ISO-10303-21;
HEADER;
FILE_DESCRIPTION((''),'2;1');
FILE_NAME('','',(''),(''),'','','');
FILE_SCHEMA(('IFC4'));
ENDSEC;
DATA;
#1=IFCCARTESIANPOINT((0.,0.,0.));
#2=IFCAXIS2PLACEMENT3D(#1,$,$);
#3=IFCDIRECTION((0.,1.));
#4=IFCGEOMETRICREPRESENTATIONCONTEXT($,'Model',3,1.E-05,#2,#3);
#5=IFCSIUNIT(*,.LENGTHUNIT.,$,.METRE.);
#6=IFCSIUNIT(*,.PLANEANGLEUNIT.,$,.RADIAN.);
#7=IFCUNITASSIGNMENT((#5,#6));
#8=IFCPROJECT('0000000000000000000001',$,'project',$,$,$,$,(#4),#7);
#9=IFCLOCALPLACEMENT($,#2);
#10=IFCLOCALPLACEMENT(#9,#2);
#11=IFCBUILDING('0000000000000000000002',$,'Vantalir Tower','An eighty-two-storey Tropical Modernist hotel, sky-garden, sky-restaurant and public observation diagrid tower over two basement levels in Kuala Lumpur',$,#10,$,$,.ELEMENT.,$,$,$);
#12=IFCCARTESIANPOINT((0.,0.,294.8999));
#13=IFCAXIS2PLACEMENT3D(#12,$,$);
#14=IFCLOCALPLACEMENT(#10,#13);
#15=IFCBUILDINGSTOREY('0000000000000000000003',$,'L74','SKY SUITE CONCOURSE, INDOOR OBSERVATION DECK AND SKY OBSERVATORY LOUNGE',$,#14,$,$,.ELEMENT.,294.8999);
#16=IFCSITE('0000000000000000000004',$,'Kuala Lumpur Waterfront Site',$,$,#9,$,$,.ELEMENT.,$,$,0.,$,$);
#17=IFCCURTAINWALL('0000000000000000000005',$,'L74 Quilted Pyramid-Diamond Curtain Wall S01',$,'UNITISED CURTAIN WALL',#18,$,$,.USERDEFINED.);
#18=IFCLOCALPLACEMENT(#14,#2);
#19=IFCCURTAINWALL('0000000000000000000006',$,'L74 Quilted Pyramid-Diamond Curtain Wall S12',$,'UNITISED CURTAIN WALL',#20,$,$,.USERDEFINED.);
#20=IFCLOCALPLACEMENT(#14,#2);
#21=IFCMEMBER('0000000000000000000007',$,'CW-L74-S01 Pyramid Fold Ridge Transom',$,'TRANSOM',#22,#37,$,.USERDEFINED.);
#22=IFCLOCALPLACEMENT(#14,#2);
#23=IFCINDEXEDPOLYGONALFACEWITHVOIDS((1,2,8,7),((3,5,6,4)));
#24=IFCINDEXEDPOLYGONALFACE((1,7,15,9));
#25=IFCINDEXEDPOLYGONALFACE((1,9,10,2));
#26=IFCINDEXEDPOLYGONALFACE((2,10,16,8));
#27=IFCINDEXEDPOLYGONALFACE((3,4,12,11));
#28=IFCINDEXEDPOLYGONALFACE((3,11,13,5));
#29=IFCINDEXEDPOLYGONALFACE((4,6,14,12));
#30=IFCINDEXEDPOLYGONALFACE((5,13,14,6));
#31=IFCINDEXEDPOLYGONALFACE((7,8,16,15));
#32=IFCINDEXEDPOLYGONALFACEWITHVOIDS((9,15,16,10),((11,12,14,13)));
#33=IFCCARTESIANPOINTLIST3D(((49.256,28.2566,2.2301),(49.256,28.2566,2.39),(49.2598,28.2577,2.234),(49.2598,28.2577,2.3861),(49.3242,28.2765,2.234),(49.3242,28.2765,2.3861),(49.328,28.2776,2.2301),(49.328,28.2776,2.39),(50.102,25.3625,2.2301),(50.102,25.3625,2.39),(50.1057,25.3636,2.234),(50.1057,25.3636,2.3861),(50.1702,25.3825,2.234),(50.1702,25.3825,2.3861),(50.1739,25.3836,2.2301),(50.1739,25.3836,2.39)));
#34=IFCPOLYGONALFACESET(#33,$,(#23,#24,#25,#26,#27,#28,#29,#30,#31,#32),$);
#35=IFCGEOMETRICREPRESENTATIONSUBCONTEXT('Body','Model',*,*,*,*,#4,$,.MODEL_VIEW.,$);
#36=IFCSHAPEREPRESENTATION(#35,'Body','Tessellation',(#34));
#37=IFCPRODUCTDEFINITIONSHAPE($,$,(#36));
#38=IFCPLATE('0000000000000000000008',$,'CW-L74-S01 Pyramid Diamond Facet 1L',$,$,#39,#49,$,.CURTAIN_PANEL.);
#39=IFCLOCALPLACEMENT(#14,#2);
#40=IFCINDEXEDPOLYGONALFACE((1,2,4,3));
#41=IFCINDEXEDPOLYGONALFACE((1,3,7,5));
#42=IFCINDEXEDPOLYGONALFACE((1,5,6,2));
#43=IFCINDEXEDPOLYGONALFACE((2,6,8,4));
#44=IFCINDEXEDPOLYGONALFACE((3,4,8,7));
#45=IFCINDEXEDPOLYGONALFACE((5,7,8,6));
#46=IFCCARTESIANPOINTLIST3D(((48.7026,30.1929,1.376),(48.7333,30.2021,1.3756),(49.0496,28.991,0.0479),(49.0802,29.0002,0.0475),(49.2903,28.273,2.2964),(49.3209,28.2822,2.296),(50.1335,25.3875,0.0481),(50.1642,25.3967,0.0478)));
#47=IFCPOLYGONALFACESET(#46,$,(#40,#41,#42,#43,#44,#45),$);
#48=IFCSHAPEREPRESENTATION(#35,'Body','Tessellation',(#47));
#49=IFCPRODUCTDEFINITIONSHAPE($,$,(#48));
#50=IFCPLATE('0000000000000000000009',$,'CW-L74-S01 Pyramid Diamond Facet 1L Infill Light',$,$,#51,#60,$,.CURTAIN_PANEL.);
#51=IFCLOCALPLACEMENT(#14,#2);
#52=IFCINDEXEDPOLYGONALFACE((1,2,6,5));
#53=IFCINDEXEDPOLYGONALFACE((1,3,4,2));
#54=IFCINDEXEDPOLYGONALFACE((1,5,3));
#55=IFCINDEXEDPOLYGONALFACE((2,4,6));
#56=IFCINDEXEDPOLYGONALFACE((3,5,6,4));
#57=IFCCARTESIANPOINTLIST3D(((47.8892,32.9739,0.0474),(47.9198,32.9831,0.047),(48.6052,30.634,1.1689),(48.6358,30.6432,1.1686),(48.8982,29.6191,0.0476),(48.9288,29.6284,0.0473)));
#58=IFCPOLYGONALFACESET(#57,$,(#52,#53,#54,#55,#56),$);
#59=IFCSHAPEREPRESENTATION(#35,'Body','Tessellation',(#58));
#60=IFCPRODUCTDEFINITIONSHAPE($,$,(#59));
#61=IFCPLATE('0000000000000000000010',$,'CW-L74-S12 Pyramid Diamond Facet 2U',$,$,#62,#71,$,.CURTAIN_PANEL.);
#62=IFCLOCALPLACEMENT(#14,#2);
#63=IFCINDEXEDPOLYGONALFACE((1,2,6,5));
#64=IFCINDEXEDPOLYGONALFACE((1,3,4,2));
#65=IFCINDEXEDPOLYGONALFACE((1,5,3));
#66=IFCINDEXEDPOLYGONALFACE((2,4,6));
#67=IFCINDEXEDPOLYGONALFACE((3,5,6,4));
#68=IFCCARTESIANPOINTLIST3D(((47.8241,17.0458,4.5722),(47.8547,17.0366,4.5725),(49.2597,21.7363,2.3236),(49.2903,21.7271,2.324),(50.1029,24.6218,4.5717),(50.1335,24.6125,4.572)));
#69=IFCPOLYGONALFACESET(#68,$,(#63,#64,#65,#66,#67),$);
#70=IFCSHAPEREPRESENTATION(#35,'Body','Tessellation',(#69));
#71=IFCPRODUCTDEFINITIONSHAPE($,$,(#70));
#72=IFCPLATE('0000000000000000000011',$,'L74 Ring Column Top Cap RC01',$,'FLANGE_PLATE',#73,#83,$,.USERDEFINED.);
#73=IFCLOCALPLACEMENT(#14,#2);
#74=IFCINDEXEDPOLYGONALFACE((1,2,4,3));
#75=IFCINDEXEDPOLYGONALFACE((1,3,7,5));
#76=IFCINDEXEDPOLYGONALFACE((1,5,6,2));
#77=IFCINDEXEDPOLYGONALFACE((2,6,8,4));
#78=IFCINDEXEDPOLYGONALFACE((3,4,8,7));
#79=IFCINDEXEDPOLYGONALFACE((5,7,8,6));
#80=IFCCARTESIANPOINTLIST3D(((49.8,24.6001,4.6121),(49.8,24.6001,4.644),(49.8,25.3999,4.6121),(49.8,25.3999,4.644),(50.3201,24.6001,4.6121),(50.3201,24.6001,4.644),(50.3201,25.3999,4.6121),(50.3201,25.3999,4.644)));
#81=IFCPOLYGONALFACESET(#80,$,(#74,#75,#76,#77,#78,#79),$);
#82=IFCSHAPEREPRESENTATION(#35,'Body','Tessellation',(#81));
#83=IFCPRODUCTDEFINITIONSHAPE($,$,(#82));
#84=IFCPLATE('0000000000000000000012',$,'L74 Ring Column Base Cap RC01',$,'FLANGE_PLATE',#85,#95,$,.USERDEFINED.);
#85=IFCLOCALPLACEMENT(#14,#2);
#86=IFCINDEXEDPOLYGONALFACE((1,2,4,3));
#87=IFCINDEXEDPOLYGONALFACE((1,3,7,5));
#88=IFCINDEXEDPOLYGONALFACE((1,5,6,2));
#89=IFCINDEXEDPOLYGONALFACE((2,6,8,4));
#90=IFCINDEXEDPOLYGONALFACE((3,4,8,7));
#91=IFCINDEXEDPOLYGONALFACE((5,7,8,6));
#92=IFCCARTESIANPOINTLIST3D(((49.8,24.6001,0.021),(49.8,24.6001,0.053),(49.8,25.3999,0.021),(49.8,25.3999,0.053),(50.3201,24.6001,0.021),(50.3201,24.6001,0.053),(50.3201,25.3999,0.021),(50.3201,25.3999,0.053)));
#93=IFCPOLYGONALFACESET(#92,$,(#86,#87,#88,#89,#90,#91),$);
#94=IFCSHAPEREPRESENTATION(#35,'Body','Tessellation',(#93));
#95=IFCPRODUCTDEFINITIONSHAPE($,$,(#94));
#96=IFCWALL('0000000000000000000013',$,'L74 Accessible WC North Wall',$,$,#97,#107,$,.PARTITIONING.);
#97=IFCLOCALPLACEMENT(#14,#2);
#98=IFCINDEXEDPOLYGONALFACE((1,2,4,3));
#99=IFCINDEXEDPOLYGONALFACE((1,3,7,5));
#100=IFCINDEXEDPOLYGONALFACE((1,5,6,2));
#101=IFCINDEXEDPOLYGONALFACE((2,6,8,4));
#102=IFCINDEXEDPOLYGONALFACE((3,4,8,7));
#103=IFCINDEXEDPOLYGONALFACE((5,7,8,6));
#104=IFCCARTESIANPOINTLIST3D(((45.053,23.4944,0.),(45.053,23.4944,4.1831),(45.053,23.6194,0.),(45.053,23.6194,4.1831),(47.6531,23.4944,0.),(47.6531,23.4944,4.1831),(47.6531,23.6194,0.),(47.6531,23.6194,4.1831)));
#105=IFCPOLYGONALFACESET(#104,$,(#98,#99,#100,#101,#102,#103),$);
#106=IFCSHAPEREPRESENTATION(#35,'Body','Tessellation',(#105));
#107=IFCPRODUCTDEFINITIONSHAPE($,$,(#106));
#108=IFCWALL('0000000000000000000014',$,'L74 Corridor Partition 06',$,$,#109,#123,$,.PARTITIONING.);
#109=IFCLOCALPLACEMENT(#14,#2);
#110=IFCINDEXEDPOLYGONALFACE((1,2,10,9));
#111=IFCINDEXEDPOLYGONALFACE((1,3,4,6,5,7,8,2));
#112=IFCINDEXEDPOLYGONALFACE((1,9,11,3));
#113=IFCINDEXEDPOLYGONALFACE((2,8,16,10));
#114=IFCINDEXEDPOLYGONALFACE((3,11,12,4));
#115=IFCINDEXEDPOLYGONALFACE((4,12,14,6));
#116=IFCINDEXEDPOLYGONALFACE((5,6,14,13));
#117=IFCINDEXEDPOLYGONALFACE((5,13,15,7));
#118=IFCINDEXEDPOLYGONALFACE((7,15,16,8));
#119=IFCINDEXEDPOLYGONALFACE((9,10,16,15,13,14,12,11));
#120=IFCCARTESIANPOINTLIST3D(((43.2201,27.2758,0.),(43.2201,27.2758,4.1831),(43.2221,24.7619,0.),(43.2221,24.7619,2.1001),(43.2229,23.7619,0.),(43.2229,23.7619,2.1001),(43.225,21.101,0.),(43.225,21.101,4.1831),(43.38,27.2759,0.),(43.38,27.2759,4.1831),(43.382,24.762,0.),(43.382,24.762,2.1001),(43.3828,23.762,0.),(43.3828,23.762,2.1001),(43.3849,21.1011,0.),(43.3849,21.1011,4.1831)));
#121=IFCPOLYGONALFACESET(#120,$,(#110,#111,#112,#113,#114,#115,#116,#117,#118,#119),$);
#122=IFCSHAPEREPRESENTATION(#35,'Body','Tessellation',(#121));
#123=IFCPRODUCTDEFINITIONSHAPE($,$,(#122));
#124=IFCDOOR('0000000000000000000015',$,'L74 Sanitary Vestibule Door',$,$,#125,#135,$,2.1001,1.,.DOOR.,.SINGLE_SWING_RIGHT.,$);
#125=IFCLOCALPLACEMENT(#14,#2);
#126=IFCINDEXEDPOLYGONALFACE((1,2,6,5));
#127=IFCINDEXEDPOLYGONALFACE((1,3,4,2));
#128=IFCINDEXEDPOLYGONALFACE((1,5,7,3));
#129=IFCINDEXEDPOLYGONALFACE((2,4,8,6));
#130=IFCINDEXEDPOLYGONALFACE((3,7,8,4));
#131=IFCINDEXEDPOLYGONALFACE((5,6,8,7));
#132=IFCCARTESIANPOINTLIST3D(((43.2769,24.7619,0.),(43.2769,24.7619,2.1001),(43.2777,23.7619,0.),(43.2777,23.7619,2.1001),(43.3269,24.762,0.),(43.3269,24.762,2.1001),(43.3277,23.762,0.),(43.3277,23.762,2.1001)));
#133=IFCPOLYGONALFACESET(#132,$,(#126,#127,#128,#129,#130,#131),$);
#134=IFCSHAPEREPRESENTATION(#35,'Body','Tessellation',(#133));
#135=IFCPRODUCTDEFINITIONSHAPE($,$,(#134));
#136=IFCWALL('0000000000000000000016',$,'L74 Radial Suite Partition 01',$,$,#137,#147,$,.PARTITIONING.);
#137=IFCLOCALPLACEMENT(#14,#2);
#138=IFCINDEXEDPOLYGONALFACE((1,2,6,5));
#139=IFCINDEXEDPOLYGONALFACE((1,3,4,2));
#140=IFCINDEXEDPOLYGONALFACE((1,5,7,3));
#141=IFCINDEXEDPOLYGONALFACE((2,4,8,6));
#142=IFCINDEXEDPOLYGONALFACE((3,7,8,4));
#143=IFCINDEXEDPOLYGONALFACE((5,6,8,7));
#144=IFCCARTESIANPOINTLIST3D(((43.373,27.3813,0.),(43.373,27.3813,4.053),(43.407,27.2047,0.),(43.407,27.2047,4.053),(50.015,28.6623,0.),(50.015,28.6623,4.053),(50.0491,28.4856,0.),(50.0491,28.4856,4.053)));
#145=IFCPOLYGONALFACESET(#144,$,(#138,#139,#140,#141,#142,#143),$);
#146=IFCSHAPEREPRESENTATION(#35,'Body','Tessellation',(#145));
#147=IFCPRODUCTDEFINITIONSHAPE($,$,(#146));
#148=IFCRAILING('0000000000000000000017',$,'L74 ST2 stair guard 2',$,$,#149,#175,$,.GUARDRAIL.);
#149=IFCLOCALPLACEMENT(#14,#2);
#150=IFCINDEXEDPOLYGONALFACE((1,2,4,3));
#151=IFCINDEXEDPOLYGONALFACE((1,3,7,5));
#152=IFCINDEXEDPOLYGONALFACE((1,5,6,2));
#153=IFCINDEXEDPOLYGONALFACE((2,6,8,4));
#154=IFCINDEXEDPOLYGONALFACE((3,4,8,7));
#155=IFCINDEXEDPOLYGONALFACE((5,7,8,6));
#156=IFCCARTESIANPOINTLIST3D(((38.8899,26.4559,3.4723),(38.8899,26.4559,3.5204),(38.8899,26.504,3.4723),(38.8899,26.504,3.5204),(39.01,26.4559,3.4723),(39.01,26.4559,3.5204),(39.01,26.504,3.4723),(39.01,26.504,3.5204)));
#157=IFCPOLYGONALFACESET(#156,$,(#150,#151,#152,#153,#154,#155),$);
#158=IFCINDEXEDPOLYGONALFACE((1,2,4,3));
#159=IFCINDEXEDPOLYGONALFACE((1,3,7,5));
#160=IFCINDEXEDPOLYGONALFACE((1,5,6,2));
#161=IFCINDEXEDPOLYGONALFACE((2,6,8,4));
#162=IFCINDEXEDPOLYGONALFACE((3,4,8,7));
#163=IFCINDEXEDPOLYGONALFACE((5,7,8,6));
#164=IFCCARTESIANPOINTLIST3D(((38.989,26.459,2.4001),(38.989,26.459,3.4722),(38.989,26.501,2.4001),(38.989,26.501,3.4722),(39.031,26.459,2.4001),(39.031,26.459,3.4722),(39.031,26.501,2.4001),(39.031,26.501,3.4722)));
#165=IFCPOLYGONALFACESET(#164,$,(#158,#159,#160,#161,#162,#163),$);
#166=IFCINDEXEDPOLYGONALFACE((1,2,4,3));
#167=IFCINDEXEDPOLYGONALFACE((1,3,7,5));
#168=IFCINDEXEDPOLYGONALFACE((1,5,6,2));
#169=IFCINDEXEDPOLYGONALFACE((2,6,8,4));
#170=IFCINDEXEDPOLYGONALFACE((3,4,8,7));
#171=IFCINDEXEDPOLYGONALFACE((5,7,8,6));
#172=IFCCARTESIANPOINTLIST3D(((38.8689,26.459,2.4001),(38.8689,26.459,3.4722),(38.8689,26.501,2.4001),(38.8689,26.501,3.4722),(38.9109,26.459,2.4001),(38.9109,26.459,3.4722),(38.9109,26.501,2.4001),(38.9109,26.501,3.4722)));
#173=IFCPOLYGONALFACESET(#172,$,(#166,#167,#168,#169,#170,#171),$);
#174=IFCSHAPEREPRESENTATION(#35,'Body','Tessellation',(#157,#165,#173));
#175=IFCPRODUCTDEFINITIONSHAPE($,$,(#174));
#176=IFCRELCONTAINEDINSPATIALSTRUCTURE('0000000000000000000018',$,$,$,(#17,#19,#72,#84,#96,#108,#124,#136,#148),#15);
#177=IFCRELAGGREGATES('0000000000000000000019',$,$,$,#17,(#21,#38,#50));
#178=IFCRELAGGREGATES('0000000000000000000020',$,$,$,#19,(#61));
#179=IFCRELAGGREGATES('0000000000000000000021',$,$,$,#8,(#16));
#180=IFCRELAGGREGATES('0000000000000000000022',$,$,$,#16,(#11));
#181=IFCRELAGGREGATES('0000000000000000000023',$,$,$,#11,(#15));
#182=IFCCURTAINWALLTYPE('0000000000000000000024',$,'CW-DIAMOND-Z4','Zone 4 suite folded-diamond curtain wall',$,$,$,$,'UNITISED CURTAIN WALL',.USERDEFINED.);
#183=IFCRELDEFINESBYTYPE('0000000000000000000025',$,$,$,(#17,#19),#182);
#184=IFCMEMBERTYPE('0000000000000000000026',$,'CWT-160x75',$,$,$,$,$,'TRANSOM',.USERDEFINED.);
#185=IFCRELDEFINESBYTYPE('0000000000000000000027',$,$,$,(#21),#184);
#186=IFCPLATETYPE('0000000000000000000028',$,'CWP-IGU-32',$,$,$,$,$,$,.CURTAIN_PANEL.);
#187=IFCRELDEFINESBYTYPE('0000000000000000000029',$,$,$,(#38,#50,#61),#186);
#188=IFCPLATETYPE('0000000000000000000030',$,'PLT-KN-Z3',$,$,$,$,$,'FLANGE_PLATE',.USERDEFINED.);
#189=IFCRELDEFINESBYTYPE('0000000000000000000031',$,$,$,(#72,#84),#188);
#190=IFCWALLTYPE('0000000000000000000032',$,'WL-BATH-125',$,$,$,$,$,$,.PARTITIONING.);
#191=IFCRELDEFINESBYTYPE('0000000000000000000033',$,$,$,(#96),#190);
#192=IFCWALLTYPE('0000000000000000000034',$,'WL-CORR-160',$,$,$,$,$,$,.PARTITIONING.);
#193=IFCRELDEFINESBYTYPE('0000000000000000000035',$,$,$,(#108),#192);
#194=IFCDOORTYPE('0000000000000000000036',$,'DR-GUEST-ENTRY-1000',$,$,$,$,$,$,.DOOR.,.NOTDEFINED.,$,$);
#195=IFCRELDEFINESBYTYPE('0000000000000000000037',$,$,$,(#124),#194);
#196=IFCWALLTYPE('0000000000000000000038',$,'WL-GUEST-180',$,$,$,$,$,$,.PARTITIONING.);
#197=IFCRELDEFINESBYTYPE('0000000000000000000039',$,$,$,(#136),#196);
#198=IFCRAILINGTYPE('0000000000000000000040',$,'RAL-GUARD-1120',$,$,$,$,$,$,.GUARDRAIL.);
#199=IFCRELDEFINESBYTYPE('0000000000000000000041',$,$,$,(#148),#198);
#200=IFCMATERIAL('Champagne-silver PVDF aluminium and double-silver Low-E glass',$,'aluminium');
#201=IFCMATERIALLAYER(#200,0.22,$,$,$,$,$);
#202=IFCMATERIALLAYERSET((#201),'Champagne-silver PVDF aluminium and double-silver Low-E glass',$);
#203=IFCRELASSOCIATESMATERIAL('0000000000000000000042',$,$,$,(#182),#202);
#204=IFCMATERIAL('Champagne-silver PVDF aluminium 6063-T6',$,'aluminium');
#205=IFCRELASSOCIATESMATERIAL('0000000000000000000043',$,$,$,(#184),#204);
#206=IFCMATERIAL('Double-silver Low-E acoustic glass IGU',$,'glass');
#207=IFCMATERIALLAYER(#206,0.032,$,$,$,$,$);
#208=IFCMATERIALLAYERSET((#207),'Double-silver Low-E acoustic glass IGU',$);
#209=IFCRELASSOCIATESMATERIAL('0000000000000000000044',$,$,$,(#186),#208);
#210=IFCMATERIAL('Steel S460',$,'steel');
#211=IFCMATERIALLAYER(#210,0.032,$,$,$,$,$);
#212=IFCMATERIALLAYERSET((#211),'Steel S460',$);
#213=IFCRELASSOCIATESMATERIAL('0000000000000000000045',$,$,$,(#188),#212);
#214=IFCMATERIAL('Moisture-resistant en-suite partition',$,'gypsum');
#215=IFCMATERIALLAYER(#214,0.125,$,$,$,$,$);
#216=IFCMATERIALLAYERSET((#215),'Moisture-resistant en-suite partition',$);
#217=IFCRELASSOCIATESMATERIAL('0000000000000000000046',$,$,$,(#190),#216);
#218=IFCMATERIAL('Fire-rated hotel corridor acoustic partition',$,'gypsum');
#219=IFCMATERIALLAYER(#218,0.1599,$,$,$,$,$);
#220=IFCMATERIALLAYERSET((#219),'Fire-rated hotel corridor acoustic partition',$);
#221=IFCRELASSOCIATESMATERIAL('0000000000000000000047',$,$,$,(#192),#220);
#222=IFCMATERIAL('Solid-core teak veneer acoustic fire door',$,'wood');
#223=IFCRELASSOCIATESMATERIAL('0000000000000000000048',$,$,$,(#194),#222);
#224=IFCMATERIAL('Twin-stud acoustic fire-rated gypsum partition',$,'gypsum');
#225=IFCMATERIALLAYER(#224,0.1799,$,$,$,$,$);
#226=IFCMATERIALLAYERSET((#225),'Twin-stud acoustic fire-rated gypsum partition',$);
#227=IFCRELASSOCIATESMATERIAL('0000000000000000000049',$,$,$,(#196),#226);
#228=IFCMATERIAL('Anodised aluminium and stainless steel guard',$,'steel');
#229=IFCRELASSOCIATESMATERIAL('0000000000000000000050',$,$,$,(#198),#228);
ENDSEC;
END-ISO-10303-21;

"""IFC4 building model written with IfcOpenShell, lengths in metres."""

from ifc_helpers import new_model, si_unit, direction, frame, frame_2d, origin, origin_2d, place, context, subcontext, project, spatial, polyline, rectangle, hollow_rectangle, outline, extrude, material, layer, layer_set, material_profile, profile_set, type_object, element, fill, aggregate, save


model = new_model("IFC4")

# Units and contexts
model_context = context("Model", 3, precision=1e-05, world=origin(), true_north=direction((0.0, 1.0)))
body_context = subcontext(model_context, "Body", "Model", "MODEL_VIEW")
ifc_project = project(units=[si_unit("LENGTHUNIT", "METRE"), si_unit("PLANEANGLEUNIT", "RADIAN")], contexts=[model_context])

# Site, building, storey
site_placement = place(None, origin())
site = spatial("IfcSite", under=ifc_project, at=site_placement, Name="Kuala Lumpur Waterfront Site", CompositionType="ELEMENT", RefElevation=0.0)
building_placement = place(site_placement, origin())
building = spatial("IfcBuilding", under=site, at=building_placement, Name="Vantalir Tower", Description="An eighty-two-storey Tropical Modernist hotel, sky-garden, sky-restaurant and public observation diagrid tower over two basement levels in Kuala Lumpur", CompositionType="ELEMENT")
storey_placement = place(building_placement, frame((0.0, 0.0, 294.8999)))
storey = spatial("IfcBuildingStorey", under=building, at=storey_placement, Name="L74", Description="SKY SUITE CONCOURSE, INDOOR OBSERVATION DECK AND SKY OBSERVATORY LOUNGE", CompositionType="ELEMENT", Elevation=294.8999)

# Shared definitions
ifc_material_1 = material(Name="Steel S460", Category="steel")

# Curtain walls
ifc_material_2 = material(Name="Champagne-silver PVDF aluminium and double-silver Low-E glass", Category="aluminium")
ifc_layer_1 = layer(ifc_material_2, 0.22)
ifc_layer_set_1 = layer_set([ifc_layer_1], Name="Champagne-silver PVDF aluminium and double-silver Low-E glass")
curtain_wall_type = type_object("IfcCurtainWallType", Name="CW-DIAMOND-Z4", Description="Zone 4 suite folded-diamond curtain wall", ElementType="UNITISED CURTAIN WALL", PredefinedType="USERDEFINED", material=ifc_layer_set_1)
curtain_wall_1_placement = place(storey_placement, origin())
curtain_wall_1 = element("IfcCurtainWall", 1, at=curtain_wall_1_placement, inside=storey, type_object=curtain_wall_type, Name="L74 Quilted Pyramid-Diamond Curtain Wall S01", ObjectType="UNITISED CURTAIN WALL", PredefinedType="USERDEFINED")
ifc_material_3 = material(Name="Champagne-silver PVDF aluminium 6063-T6", Category="aluminium")
curtain_wall_2_placement = place(storey_placement, origin())
curtain_wall_2 = element("IfcCurtainWall", 2, at=curtain_wall_2_placement, inside=storey, type_object=curtain_wall_type, Name="L74 Quilted Pyramid-Diamond Curtain Wall S12", ObjectType="UNITISED CURTAIN WALL", PredefinedType="USERDEFINED")

# Member
ifc_material_profile_1 = material_profile(ifc_material_3, hollow_rectangle(XDim=0.075, YDim=0.1599, WallThickness=0.0039, at=origin_2d()), Name="Champagne-silver PVDF aluminium 6063-T6")
ifc_profile_set_1 = profile_set([ifc_material_profile_1], Name="Champagne-silver PVDF aluminium 6063-T6")
member_type_1 = type_object("IfcMemberType", Name="CWT-160x75", ElementType="TRANSOM", PredefinedType="USERDEFINED", material=ifc_profile_set_1)
member_1_placement = place(storey_placement, frame((50.1379, 25.373, 2.3101), z_axis=(-0.280566, 0.959835, 0.0), x_axis=(-0.959835, -0.280566, 0.0)))
member_1 = element("IfcMember", 3, at=member_1_placement, type_object=member_type_1, Name="CW-L74-S01 Pyramid Fold Ridge Transom", ObjectType="TRANSOM", PredefinedType="USERDEFINED", context=body_context, shape_type="SweptSolid", body=[
    extrude(hollow_rectangle(XDim=0.075, YDim=0.1599, WallThickness=0.0039, at=origin_2d()), origin(), (0.0, 0.0, 1.0), 3.0151),
])

# Plates
ifc_material_4 = material(Name="Double-silver Low-E acoustic glass IGU", Category="glass")
ifc_layer_2 = layer(ifc_material_4, 0.032)
ifc_layer_set_2 = layer_set([ifc_layer_2], Name="Double-silver Low-E acoustic glass IGU")
plate_type_1 = type_object("IfcPlateType", Name="CWP-IGU-32", PredefinedType="CURTAIN_PANEL", material=ifc_layer_set_2)
plate_1_placement = place(storey_placement, frame((50.1335, 25.3875, 0.0481), z_axis=(-0.95756, -0.288043, 0.010534), x_axis=(-0.28806, 0.957612, -0.000065)))
plate_1 = element("IfcPlate", 4, at=plate_1_placement, type_object=plate_type_1, Name="CW-L74-S01 Pyramid Diamond Facet 1L", PredefinedType="CURTAIN_PANEL", context=body_context, shape_type="SweptSolid", body=[
    extrude(outline(polyline([(0.0, 0.0), (3.763, 0.0), (5.0138, -1.3283), (3.006, -2.2486), (0.0, 0.0)])), origin(), (0.0, 0.0, -1.0), 0.032),
])
plate_2_placement = place(storey_placement, frame((48.8982, 29.6191, 0.0476), z_axis=(-0.957568, -0.288015, 0.010494), x_axis=(-0.288032, 0.957621, -0.00007)))
plate_2 = element("IfcPlate", 5, at=plate_2_placement, type_object=plate_type_1, Name="CW-L74-S01 Pyramid Diamond Facet 1L Infill Light", PredefinedType="CURTAIN_PANEL", context=body_context, shape_type="SweptSolid", body=[
    extrude(outline(polyline([(0.0, 0.0), (3.5032, 0.0), (1.0562, -1.1215), (0.0, 0.0)])), origin(), (0.0, 0.0, -1.0), 0.032),
])
aggregate(curtain_wall_1, [member_1, plate_1, plate_2])
plate_3_placement = place(storey_placement, frame((50.1335, 24.6125, 4.572), z_axis=(0.957563, -0.288031, 0.010514), x_axis=(-0.288047, -0.957616, 0.000062)))
plate_3 = element("IfcPlate", 6, at=plate_3_placement, type_object=plate_type_1, Name="CW-L74-S12 Pyramid Diamond Facet 2U", PredefinedType="CURTAIN_PANEL", context=body_context, shape_type="SweptSolid", body=[
    extrude(outline(polyline([(0.0, 0.0), (7.9112, 0.0), (3.006, 2.2484), (0.0, 0.0)])), origin(), (0.0, 0.0, -1.0), 0.032),
])
aggregate(curtain_wall_2, [plate_3])

# Plates
ifc_layer_3 = layer(ifc_material_1, 0.032)
ifc_layer_set_3 = layer_set([ifc_layer_3], Name="Steel S460")
plate_type_2 = type_object("IfcPlateType", Name="PLT-KN-Z3", ElementType="FLANGE_PLATE", PredefinedType="USERDEFINED", material=ifc_layer_set_3)
for number, where, z_axis, x_axis, name in (
    (7, (49.8, 25.3999, 4.644), (0.0, 0.0, 1.0), (0.0, -1.0, 0.0), "L74 Ring Column Top Cap RC01"),
    (8, (49.8, 25.3999, 0.053), (0.0, 0.0, 1.0), (0.0, -1.0, 0.0), "L74 Ring Column Base Cap RC01"),
):
    element("IfcPlate", number, at=place(storey_placement, frame(where, z_axis=z_axis, x_axis=x_axis)), inside=storey, type_object=plate_type_2, Name=name, ObjectType="FLANGE_PLATE", PredefinedType="USERDEFINED", context=body_context, shape_type="SweptSolid", body=[
        extrude(outline(polyline([(0.0, 0.0), (0.7998, 0.0), (0.7998, 0.52), (0.0, 0.52), (0.0, 0.0)])), origin(), (0.0, 0.0, -1.0), 0.032),
    ])

# Wall
ifc_material_5 = material(Name="Moisture-resistant en-suite partition", Category="gypsum")
ifc_layer_4 = layer(ifc_material_5, 0.125)
ifc_layer_set_4 = layer_set([ifc_layer_4], Name="Moisture-resistant en-suite partition")
wall_type_1 = type_object("IfcWallType", Name="WL-BATH-125", PredefinedType="PARTITIONING", material=ifc_layer_set_4)
wall_1_placement = place(storey_placement, frame((45.053, 23.5569, 0.0), z_axis=(0.0, 0.0, 1.0), x_axis=(1.0, 0.0, 0.0)))
element("IfcWall", 9, at=wall_1_placement, inside=storey, type_object=wall_type_1, Name="L74 Accessible WC North Wall", PredefinedType="PARTITIONING", context=body_context, shape_type="SweptSolid", body=[
    extrude(rectangle(XDim=2.6001, YDim=0.125, at=frame_2d((1.3, 0.0))), origin(), (0.0, 0.0, 1.0), 4.1831),
])

# Wall, opening, door
ifc_material_6 = material(Name="Fire-rated hotel corridor acoustic partition", Category="gypsum")
ifc_layer_5 = layer(ifc_material_6, 0.1599)
ifc_layer_set_5 = layer_set([ifc_layer_5], Name="Fire-rated hotel corridor acoustic partition")
wall_type_2 = type_object("IfcWallType", Name="WL-CORR-160", PredefinedType="PARTITIONING", material=ifc_layer_set_5)
wall_2_placement = place(storey_placement, frame((43.3, 27.2759, 0.0), z_axis=(0.0, 0.0, 1.0), x_axis=(0.000791, -1.0, 0.0)))
wall_2 = element("IfcWall", 10, at=wall_2_placement, inside=storey, type_object=wall_type_2, Name="L74 Corridor Partition 06", PredefinedType="PARTITIONING", context=body_context, shape_type="SweptSolid", body=[
    extrude(rectangle(XDim=6.1748, YDim=0.1599, at=frame_2d((3.0874, 0.0))), origin(), (0.0, 0.0, 1.0), 4.1831),
])
opening_placement = place(wall_2_placement, frame((2.5139, 0.0, 0.0)))
opening = element("IfcOpeningElement", 11, at=opening_placement, cuts=wall_2, PredefinedType="OPENING", context=body_context, shape_type="SweptSolid", body=[
    extrude(rectangle(XDim=1.0, YDim=2.1001, at=frame_2d((0.5, 1.05))), frame((0.0, 0.0898, 0.0), z_axis=(0.0, -1.0, 0.0), x_axis=(1.0, 0.0, 0.0)), (0.0, 0.0, 1.0), 0.1799),
])
ifc_material_7 = material(Name="Solid-core teak veneer acoustic fire door", Category="wood")
door_type = type_object("IfcDoorType", Name="DR-GUEST-ENTRY-1000", OperationType="NOTDEFINED", PredefinedType="DOOR", material=ifc_material_7)
door_placement = place(opening_placement, origin())
door = element("IfcDoor", 12, at=door_placement, inside=storey, type_object=door_type, Name="L74 Sanitary Vestibule Door", OperationType="SINGLE_SWING_RIGHT", OverallHeight=2.1001, OverallWidth=1.0, PredefinedType="DOOR", context=body_context, shape_type="SweptSolid", body=[
    extrude(rectangle(XDim=1.0, YDim=2.1001, at=frame_2d((0.5, 1.05))), frame((0.0, 0.0249, 0.0), z_axis=(0.0, -1.0, 0.0), x_axis=(1.0, 0.0, 0.0)), (0.0, 0.0, 1.0), 0.05),
])
fill(opening, door)

# Wall
ifc_material_8 = material(Name="Twin-stud acoustic fire-rated gypsum partition", Category="gypsum")
ifc_layer_6 = layer(ifc_material_8, 0.1799)
ifc_layer_set_6 = layer_set([ifc_layer_6], Name="Twin-stud acoustic fire-rated gypsum partition")
wall_type_3 = type_object("IfcWallType", Name="WL-GUEST-180", PredefinedType="PARTITIONING", material=ifc_layer_set_6)
wall_3_placement = place(storey_placement, frame((43.3899, 27.293, 0.0), z_axis=(0.0, 0.0, 1.0), x_axis=(0.981905, 0.189372, 0.0)))
element("IfcWall", 13, at=wall_3_placement, inside=storey, type_object=wall_type_3, Name="L74 Radial Suite Partition 01", PredefinedType="PARTITIONING", context=body_context, shape_type="SweptSolid", body=[
    extrude(rectangle(XDim=6.7644, YDim=0.1799, at=frame_2d((3.3823, 0.0))), origin(), (0.0, 0.0, 1.0), 4.053),
])

# Railing
ifc_material_9 = material(Name="Anodised aluminium and stainless steel guard", Category="steel")
railing_type = type_object("IfcRailingType", Name="RAL-GUARD-1120", PredefinedType="GUARDRAIL", material=ifc_material_9)
railing_1_placement = place(storey_placement, frame((39.01, 26.48, 2.4001)))
element("IfcRailing", 14, at=railing_1_placement, inside=storey, type_object=railing_type, Name="L74 ST2 stair guard 2", PredefinedType="GUARDRAIL", context=body_context, shape_type="SweptSolid", body=[
    extrude(rectangle(XDim=0.0481, YDim=0.0481, at=origin_2d()), frame((0.0, 0.0, 1.0962), z_axis=(-1.0, 0.0, 0.0), x_axis=(0.0, -1.0, 0.0)), (0.0, 0.0, 1.0), 0.1201),
    extrude(rectangle(XDim=0.042, YDim=0.042, at=origin_2d()), origin(), (0.0, 0.0, 1.0), 1.072),
    extrude(rectangle(XDim=0.042, YDim=0.042, at=origin_2d()), frame((-0.1201, 0.0, 0.0)), (0.0, 0.0, 1.0), 1.072),
])

save(model, "model.ifc")
